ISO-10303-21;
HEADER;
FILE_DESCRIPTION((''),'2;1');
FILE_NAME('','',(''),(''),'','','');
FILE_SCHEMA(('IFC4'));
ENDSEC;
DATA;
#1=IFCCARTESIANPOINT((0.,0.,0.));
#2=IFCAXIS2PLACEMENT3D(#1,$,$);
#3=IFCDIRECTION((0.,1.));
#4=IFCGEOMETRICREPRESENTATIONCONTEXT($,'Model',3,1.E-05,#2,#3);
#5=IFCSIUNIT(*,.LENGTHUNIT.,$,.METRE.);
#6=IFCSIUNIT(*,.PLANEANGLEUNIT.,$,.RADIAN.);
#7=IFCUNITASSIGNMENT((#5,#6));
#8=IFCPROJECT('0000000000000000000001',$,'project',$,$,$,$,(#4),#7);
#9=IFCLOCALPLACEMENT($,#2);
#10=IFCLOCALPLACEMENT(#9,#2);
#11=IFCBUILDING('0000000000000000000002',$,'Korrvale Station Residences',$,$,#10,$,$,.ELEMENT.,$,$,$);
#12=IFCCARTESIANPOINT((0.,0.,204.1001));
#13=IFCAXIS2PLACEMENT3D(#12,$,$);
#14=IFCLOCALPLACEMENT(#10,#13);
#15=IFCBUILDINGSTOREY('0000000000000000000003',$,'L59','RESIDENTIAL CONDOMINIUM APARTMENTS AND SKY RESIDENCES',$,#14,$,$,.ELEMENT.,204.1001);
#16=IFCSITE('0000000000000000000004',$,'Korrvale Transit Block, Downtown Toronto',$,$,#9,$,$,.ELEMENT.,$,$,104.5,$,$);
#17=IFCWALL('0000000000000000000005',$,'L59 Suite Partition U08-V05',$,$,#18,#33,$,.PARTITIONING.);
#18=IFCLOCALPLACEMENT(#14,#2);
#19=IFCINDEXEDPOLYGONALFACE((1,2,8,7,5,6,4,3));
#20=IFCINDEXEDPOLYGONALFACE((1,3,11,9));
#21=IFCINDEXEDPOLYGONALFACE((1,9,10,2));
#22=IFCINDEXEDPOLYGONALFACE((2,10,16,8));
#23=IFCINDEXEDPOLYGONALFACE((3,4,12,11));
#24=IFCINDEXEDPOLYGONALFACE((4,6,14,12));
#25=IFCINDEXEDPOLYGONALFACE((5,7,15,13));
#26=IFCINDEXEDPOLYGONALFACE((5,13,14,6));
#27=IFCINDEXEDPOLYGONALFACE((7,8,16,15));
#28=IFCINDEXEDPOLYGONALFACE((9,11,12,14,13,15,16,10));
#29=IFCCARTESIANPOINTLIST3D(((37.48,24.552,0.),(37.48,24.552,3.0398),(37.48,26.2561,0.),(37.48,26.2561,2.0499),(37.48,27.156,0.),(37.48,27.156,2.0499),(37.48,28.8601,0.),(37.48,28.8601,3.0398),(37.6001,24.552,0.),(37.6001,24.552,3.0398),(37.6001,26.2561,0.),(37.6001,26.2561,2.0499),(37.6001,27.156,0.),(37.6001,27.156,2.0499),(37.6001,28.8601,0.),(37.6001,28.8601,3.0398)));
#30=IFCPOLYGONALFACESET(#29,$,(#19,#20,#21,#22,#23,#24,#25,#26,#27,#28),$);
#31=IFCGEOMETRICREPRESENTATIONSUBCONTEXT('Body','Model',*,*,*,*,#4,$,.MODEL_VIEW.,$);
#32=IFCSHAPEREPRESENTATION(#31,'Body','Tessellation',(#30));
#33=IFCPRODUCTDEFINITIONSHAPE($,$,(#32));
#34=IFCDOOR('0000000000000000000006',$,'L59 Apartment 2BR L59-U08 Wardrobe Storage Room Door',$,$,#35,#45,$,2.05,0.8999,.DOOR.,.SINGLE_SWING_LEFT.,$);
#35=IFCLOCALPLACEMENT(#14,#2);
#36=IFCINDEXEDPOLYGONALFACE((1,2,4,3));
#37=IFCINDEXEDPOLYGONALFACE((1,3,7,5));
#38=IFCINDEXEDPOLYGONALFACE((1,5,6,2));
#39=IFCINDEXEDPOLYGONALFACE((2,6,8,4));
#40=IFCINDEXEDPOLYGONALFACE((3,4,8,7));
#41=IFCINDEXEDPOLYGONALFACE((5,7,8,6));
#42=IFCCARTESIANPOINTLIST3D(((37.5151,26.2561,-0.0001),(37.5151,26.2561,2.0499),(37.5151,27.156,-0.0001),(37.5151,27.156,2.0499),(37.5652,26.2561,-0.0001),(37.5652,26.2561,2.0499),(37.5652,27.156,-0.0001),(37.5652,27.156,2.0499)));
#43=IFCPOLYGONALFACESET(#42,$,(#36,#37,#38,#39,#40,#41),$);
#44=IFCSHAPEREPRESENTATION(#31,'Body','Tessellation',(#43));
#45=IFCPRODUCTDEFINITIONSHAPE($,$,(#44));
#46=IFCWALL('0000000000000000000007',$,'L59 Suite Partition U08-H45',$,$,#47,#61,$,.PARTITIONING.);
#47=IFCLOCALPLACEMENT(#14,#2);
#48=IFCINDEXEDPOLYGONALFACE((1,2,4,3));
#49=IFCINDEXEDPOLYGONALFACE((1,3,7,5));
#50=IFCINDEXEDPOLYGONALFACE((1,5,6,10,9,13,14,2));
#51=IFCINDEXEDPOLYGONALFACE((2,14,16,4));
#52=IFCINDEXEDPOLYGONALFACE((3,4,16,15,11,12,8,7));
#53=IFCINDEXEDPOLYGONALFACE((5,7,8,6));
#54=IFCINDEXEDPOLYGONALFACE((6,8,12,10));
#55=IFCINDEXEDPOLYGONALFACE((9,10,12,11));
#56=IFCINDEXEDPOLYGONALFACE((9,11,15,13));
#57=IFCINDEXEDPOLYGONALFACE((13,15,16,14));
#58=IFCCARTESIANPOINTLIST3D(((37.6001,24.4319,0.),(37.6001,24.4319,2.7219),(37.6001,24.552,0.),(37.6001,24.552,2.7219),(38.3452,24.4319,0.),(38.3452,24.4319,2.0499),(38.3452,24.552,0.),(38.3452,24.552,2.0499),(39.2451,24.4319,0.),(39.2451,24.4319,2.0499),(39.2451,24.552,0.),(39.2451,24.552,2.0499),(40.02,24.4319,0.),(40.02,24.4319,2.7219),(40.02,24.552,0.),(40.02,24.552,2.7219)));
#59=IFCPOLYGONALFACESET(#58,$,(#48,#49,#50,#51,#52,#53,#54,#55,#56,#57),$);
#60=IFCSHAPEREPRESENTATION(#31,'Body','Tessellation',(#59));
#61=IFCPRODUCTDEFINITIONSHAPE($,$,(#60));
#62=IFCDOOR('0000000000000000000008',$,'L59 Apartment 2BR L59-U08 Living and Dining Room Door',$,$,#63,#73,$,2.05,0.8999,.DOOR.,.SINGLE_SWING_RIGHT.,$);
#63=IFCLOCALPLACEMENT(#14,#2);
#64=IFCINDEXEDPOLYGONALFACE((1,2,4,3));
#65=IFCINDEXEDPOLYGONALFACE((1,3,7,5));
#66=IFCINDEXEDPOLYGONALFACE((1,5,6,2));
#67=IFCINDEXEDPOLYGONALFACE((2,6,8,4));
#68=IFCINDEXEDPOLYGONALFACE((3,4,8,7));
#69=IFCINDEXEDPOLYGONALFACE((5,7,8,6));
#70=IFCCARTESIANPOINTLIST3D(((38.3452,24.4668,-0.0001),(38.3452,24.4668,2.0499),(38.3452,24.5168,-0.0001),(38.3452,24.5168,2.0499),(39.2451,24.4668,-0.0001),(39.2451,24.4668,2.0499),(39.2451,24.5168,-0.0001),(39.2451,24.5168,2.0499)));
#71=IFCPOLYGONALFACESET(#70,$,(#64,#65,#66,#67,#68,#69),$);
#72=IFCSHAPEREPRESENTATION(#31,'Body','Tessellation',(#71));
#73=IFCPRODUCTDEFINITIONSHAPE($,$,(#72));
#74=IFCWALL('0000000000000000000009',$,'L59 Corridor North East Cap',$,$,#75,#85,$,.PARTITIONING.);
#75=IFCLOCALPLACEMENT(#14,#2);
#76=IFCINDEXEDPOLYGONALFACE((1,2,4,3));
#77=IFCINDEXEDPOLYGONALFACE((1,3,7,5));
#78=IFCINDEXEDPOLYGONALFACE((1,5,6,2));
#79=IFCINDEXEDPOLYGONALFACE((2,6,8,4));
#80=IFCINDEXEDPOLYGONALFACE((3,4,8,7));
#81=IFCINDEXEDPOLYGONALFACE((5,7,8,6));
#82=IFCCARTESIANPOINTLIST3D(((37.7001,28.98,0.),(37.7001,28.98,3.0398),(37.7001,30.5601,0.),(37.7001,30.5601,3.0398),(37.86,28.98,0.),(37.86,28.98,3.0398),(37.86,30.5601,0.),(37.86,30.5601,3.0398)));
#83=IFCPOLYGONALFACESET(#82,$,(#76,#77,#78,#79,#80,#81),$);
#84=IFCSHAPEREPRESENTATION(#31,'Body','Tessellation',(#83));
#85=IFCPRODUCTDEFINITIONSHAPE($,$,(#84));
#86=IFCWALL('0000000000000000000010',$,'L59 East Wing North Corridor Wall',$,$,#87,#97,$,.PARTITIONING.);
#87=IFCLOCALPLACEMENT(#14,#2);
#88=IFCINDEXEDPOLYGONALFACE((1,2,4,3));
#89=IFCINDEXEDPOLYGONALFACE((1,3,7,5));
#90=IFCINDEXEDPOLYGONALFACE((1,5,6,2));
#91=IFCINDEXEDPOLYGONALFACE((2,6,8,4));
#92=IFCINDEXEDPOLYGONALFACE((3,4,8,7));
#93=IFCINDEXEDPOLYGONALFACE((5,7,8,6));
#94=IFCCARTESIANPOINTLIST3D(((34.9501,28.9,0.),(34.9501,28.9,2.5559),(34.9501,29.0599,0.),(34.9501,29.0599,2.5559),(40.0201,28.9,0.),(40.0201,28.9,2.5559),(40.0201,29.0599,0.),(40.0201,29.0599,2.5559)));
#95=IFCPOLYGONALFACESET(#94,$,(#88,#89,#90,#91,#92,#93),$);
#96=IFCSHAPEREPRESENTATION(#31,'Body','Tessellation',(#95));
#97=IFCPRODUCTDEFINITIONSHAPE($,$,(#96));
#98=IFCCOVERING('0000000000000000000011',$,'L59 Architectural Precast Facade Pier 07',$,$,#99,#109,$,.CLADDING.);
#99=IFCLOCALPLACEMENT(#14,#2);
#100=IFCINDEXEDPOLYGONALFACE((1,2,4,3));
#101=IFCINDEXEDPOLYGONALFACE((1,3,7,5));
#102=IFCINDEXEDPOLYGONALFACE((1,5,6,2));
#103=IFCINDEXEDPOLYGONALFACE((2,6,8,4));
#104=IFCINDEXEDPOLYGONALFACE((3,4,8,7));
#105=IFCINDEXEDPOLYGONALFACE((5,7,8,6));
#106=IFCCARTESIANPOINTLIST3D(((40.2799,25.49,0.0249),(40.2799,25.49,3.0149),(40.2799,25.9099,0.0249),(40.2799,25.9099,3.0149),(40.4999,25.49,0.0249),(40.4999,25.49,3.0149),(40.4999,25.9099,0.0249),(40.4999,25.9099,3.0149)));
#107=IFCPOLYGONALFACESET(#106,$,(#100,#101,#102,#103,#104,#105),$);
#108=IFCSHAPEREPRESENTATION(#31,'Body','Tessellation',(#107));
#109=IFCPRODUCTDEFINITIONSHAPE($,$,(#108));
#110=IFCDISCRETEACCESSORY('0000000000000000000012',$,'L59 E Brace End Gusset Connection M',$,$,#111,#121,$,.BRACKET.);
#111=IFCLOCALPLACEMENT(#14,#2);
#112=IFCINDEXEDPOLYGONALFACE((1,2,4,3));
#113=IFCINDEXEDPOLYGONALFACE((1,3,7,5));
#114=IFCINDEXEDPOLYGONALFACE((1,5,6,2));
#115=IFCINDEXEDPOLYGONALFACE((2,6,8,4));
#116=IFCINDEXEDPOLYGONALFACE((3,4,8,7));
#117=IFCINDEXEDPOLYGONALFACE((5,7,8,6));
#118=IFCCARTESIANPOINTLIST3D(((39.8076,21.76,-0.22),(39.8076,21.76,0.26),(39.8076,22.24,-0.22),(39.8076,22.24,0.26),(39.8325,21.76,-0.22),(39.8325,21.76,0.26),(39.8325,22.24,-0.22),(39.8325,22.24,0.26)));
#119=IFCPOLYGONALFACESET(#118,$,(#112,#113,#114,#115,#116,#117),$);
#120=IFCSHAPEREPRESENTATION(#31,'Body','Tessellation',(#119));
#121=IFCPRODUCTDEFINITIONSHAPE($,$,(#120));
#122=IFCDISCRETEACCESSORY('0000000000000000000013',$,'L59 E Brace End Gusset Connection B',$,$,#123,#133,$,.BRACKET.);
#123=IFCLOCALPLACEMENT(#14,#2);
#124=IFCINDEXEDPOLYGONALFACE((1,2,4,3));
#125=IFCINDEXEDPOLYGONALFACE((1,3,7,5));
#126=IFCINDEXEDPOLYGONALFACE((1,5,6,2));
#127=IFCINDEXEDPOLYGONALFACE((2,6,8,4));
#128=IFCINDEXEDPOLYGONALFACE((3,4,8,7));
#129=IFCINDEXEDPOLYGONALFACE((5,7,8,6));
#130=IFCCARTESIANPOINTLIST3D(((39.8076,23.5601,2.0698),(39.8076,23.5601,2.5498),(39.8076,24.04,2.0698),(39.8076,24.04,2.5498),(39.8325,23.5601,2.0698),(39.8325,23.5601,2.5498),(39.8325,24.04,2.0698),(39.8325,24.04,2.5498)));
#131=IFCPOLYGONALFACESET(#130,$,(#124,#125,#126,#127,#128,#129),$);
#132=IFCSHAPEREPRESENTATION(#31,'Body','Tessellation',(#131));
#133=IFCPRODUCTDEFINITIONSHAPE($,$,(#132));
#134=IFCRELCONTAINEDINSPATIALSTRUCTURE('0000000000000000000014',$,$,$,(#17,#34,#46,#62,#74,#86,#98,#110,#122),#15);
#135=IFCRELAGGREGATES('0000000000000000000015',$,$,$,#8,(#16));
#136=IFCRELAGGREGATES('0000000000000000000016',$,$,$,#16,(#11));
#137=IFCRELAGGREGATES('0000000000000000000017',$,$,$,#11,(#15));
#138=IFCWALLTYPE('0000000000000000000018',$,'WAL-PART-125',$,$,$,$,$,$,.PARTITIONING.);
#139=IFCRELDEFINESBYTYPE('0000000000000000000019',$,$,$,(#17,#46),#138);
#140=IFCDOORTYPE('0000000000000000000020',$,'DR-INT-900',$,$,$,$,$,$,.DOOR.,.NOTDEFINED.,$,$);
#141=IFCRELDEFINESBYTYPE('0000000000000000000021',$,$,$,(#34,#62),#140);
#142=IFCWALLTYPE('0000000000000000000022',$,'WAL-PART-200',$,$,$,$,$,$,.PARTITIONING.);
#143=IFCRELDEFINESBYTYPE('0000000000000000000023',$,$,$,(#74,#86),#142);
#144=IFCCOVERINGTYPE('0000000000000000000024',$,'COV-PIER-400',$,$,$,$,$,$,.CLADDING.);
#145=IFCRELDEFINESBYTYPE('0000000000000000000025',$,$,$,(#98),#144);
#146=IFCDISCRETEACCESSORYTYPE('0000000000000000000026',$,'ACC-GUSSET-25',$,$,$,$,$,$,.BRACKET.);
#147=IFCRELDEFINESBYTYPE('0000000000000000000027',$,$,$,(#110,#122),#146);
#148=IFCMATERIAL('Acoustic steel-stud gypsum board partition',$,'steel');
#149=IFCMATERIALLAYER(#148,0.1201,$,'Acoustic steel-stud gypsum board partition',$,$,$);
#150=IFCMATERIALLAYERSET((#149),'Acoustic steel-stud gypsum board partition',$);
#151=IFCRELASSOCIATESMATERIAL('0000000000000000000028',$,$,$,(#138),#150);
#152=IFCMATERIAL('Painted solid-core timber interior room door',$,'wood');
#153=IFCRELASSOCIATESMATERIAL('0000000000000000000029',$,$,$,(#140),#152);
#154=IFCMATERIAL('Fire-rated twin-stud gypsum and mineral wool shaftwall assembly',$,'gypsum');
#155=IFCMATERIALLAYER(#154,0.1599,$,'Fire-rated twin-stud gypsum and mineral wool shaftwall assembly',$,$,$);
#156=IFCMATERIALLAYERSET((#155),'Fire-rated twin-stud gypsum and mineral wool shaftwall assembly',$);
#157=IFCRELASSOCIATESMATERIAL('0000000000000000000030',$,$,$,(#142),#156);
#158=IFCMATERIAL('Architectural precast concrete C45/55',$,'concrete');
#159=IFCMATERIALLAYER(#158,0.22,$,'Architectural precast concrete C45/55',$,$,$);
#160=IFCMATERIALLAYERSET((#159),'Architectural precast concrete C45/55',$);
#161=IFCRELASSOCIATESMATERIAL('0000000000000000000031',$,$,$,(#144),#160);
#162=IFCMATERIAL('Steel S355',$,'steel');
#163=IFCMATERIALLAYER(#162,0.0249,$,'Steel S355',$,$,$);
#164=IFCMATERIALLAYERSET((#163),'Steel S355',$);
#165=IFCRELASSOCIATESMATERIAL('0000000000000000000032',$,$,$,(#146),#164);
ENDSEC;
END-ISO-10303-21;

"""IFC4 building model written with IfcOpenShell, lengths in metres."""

from ifc_helpers import new_model, si_unit, direction, frame, frame_2d, origin, origin_2d, place, context, subcontext, project, spatial, rectangle, extrude, material, layer, layer_set, type_object, element, fill, save


model = new_model("IFC4")

# Units and contexts
model_context = context("Model", 3, precision=1e-05, world=origin(), true_north=direction((0.0, 1.0)))
body_context = subcontext(model_context, "Body", "Model", "MODEL_VIEW")
ifc_project = project(units=[si_unit("LENGTHUNIT", "METRE"), si_unit("PLANEANGLEUNIT", "RADIAN")], contexts=[model_context])

# Site, building, storey
site_placement = place(None, origin())
site = spatial("IfcSite", under=ifc_project, at=site_placement, Name="Korrvale Transit Block, Downtown Toronto", CompositionType="ELEMENT", RefElevation=104.5)
building_placement = place(site_placement, origin())
building = spatial("IfcBuilding", under=site, at=building_placement, Name="Korrvale Station Residences", CompositionType="ELEMENT")
storey_placement = place(building_placement, frame((0.0, 0.0, 204.1001)))
storey = spatial("IfcBuildingStorey", under=building, at=storey_placement, Name="L59", Description="RESIDENTIAL CONDOMINIUM APARTMENTS AND SKY RESIDENCES", CompositionType="ELEMENT", Elevation=204.1001)

# Shared definitions
ifc_material_1 = material(Name="Steel S355", Category="steel")

# Walls, openings, doors
ifc_material_2 = material(Name="Acoustic steel-stud gypsum board partition", Category="steel")
ifc_layer_1 = layer(ifc_material_2, 0.1201, Name="Acoustic steel-stud gypsum board partition")
ifc_layer_set_1 = layer_set([ifc_layer_1], Name="Acoustic steel-stud gypsum board partition")
wall_type_1 = type_object("IfcWallType", Name="WAL-PART-125", PredefinedType="PARTITIONING", material=ifc_layer_set_1)
ifc_material_3 = material(Name="Painted solid-core timber interior room door", Category="wood")
door_type = type_object("IfcDoorType", Name="DR-INT-900", OperationType="NOTDEFINED", PredefinedType="DOOR", material=ifc_material_3)
wall_1_placement = place(storey_placement, frame((37.54, 24.552, 0.0), z_axis=(0.0, 0.0, 1.0), x_axis=(0.0, 1.0, 0.0)))
wall_1 = element("IfcWall", 1, at=wall_1_placement, inside=storey, type_object=wall_type_1, Name="L59 Suite Partition U08-V05", PredefinedType="PARTITIONING", context=body_context, shape_type="SweptSolid", body=[
    extrude(rectangle(XDim=4.3081, YDim=0.1201, at=frame_2d((2.1541, 0.0))), origin(), (0.0, 0.0, 1.0), 3.0398),
])
opening_1_placement = place(wall_1_placement, frame((1.7041, 0.0, 0.0)))
opening_1 = element("IfcOpeningElement", 2, at=opening_1_placement, cuts=wall_1, PredefinedType="OPENING", context=body_context, shape_type="SweptSolid", body=[
    extrude(rectangle(XDim=0.8999, YDim=2.05, at=frame_2d((0.45, 1.0249))), frame((0.0, 0.0701, 0.0), z_axis=(0.0, -1.0, 0.0), x_axis=(1.0, 0.0, 0.0)), (0.0, 0.0, 1.0), 0.1401),
])
door_1_placement = place(opening_1_placement, origin())
door_1 = element("IfcDoor", 3, at=door_1_placement, inside=storey, type_object=door_type, Name="L59 Apartment 2BR L59-U08 Wardrobe Storage Room Door", OperationType="SINGLE_SWING_LEFT", OverallHeight=2.05, OverallWidth=0.8999, PredefinedType="DOOR", context=body_context, shape_type="SweptSolid", body=[
    extrude(rectangle(XDim=0.8999, YDim=2.05, at=frame_2d((0.45, 1.0249))), frame((0.0, 0.0249, 0.0), z_axis=(0.0, -1.0, 0.0), x_axis=(1.0, 0.0, 0.0)), (0.0, 0.0, 1.0), 0.05),
])
fill(opening_1, door_1)
wall_2_placement = place(storey_placement, frame((37.6001, 24.4919, 0.0), z_axis=(0.0, 0.0, 1.0), x_axis=(1.0, 0.0, 0.0)))
wall_2 = element("IfcWall", 4, at=wall_2_placement, inside=storey, type_object=wall_type_1, Name="L59 Suite Partition U08-H45", PredefinedType="PARTITIONING", context=body_context, shape_type="SweptSolid", body=[
    extrude(rectangle(XDim=2.4199, YDim=0.1201, at=frame_2d((1.21, 0.0))), origin(), (0.0, 0.0, 1.0), 2.7219),
])
opening_2_placement = place(wall_2_placement, frame((0.7451, 0.0, 0.0)))
opening_2 = element("IfcOpeningElement", 5, at=opening_2_placement, cuts=wall_2, PredefinedType="OPENING", context=body_context, shape_type="SweptSolid", body=[
    extrude(rectangle(XDim=0.8999, YDim=2.05, at=frame_2d((0.45, 1.0249))), frame((0.0, 0.0701, 0.0), z_axis=(0.0, -1.0, 0.0), x_axis=(1.0, 0.0, 0.0)), (0.0, 0.0, 1.0), 0.1401),
])
door_2_placement = place(opening_2_placement, origin())
door_2 = element("IfcDoor", 6, at=door_2_placement, inside=storey, type_object=door_type, Name="L59 Apartment 2BR L59-U08 Living and Dining Room Door", OperationType="SINGLE_SWING_RIGHT", OverallHeight=2.05, OverallWidth=0.8999, PredefinedType="DOOR", context=body_context, shape_type="SweptSolid", body=[
    extrude(rectangle(XDim=0.8999, YDim=2.05, at=frame_2d((0.45, 1.0249))), frame((0.0, 0.0249, 0.0), z_axis=(0.0, -1.0, 0.0), x_axis=(1.0, 0.0, 0.0)), (0.0, 0.0, 1.0), 0.05),
])
fill(opening_2, door_2)

# Walls
ifc_material_4 = material(Name="Fire-rated twin-stud gypsum and mineral wool shaftwall assembly", Category="gypsum")
ifc_layer_2 = layer(ifc_material_4, 0.1599, Name="Fire-rated twin-stud gypsum and mineral wool shaftwall assembly")
ifc_layer_set_2 = layer_set([ifc_layer_2], Name="Fire-rated twin-stud gypsum and mineral wool shaftwall assembly")
wall_type_2 = type_object("IfcWallType", Name="WAL-PART-200", PredefinedType="PARTITIONING", material=ifc_layer_set_2)
wall_3_placement = place(storey_placement, frame((37.78, 28.98, 0.0), z_axis=(0.0, 0.0, 1.0), x_axis=(0.0, 1.0, 0.0)))
element("IfcWall", 7, at=wall_3_placement, inside=storey, type_object=wall_type_2, Name="L59 Corridor North East Cap", PredefinedType="PARTITIONING", context=body_context, shape_type="SweptSolid", body=[
    extrude(rectangle(XDim=1.5801, YDim=0.1599, at=frame_2d((0.79, 0.0))), origin(), (0.0, 0.0, 1.0), 3.0398),
])
wall_4_placement = place(storey_placement, frame((34.95, 28.98, 0.0), z_axis=(0.0, 0.0, 1.0), x_axis=(1.0, 0.0, 0.0)))
element("IfcWall", 8, at=wall_4_placement, inside=storey, type_object=wall_type_2, Name="L59 East Wing North Corridor Wall", PredefinedType="PARTITIONING", context=body_context, shape_type="SweptSolid", body=[
    extrude(rectangle(XDim=5.0701, YDim=0.1599, at=frame_2d((2.5352, 0.0))), origin(), (0.0, 0.0, 1.0), 2.5559),
])

# Covering
ifc_material_5 = material(Name="Architectural precast concrete C45/55", Category="concrete")
ifc_layer_3 = layer(ifc_material_5, 0.22, Name="Architectural precast concrete C45/55")
ifc_layer_set_3 = layer_set([ifc_layer_3], Name="Architectural precast concrete C45/55")
covering_type = type_object("IfcCoveringType", Name="COV-PIER-400", PredefinedType="CLADDING", material=ifc_layer_set_3)
covering_placement = place(storey_placement, frame((40.3899, 25.7, 0.0249), z_axis=(0.0, 0.0, 1.0), x_axis=(0.0, 1.0, 0.0)))
element("IfcCovering", 9, at=covering_placement, inside=storey, type_object=covering_type, Name="L59 Architectural Precast Facade Pier 07", PredefinedType="CLADDING", context=body_context, shape_type="SweptSolid", body=[
    extrude(rectangle(XDim=0.4199, YDim=0.22, at=origin_2d()), origin(), (0.0, 0.0, 1.0), 2.99),
])

# Discrete accessories
ifc_layer_4 = layer(ifc_material_1, 0.0249, Name="Steel S355")
ifc_layer_set_4 = layer_set([ifc_layer_4], Name="Steel S355")
discrete_accessory_type = type_object("IfcDiscreteAccessoryType", Name="ACC-GUSSET-25", PredefinedType="BRACKET", material=ifc_layer_set_4)
for number, where, z_axis, x_axis, name in (
    (10, (39.8201, 22.0, -0.22), (0.0, 0.0, 1.0), (0.0, 1.0, 0.0), "L59 E Brace End Gusset Connection M"),
    (11, (39.8201, 23.8, 2.0698), (0.0, 0.0, 1.0), (0.0, 1.0, 0.0), "L59 E Brace End Gusset Connection B"),
):
    element("IfcDiscreteAccessory", number, at=place(storey_placement, frame(where, z_axis=z_axis, x_axis=x_axis)), inside=storey, type_object=discrete_accessory_type, Name=name, PredefinedType="BRACKET", context=body_context, shape_type="SweptSolid", body=[
        extrude(rectangle(XDim=0.48, YDim=0.0249, at=origin_2d()), origin(), (0.0, 0.0, 1.0), 0.48),
    ])

save(model, "model.ifc")
